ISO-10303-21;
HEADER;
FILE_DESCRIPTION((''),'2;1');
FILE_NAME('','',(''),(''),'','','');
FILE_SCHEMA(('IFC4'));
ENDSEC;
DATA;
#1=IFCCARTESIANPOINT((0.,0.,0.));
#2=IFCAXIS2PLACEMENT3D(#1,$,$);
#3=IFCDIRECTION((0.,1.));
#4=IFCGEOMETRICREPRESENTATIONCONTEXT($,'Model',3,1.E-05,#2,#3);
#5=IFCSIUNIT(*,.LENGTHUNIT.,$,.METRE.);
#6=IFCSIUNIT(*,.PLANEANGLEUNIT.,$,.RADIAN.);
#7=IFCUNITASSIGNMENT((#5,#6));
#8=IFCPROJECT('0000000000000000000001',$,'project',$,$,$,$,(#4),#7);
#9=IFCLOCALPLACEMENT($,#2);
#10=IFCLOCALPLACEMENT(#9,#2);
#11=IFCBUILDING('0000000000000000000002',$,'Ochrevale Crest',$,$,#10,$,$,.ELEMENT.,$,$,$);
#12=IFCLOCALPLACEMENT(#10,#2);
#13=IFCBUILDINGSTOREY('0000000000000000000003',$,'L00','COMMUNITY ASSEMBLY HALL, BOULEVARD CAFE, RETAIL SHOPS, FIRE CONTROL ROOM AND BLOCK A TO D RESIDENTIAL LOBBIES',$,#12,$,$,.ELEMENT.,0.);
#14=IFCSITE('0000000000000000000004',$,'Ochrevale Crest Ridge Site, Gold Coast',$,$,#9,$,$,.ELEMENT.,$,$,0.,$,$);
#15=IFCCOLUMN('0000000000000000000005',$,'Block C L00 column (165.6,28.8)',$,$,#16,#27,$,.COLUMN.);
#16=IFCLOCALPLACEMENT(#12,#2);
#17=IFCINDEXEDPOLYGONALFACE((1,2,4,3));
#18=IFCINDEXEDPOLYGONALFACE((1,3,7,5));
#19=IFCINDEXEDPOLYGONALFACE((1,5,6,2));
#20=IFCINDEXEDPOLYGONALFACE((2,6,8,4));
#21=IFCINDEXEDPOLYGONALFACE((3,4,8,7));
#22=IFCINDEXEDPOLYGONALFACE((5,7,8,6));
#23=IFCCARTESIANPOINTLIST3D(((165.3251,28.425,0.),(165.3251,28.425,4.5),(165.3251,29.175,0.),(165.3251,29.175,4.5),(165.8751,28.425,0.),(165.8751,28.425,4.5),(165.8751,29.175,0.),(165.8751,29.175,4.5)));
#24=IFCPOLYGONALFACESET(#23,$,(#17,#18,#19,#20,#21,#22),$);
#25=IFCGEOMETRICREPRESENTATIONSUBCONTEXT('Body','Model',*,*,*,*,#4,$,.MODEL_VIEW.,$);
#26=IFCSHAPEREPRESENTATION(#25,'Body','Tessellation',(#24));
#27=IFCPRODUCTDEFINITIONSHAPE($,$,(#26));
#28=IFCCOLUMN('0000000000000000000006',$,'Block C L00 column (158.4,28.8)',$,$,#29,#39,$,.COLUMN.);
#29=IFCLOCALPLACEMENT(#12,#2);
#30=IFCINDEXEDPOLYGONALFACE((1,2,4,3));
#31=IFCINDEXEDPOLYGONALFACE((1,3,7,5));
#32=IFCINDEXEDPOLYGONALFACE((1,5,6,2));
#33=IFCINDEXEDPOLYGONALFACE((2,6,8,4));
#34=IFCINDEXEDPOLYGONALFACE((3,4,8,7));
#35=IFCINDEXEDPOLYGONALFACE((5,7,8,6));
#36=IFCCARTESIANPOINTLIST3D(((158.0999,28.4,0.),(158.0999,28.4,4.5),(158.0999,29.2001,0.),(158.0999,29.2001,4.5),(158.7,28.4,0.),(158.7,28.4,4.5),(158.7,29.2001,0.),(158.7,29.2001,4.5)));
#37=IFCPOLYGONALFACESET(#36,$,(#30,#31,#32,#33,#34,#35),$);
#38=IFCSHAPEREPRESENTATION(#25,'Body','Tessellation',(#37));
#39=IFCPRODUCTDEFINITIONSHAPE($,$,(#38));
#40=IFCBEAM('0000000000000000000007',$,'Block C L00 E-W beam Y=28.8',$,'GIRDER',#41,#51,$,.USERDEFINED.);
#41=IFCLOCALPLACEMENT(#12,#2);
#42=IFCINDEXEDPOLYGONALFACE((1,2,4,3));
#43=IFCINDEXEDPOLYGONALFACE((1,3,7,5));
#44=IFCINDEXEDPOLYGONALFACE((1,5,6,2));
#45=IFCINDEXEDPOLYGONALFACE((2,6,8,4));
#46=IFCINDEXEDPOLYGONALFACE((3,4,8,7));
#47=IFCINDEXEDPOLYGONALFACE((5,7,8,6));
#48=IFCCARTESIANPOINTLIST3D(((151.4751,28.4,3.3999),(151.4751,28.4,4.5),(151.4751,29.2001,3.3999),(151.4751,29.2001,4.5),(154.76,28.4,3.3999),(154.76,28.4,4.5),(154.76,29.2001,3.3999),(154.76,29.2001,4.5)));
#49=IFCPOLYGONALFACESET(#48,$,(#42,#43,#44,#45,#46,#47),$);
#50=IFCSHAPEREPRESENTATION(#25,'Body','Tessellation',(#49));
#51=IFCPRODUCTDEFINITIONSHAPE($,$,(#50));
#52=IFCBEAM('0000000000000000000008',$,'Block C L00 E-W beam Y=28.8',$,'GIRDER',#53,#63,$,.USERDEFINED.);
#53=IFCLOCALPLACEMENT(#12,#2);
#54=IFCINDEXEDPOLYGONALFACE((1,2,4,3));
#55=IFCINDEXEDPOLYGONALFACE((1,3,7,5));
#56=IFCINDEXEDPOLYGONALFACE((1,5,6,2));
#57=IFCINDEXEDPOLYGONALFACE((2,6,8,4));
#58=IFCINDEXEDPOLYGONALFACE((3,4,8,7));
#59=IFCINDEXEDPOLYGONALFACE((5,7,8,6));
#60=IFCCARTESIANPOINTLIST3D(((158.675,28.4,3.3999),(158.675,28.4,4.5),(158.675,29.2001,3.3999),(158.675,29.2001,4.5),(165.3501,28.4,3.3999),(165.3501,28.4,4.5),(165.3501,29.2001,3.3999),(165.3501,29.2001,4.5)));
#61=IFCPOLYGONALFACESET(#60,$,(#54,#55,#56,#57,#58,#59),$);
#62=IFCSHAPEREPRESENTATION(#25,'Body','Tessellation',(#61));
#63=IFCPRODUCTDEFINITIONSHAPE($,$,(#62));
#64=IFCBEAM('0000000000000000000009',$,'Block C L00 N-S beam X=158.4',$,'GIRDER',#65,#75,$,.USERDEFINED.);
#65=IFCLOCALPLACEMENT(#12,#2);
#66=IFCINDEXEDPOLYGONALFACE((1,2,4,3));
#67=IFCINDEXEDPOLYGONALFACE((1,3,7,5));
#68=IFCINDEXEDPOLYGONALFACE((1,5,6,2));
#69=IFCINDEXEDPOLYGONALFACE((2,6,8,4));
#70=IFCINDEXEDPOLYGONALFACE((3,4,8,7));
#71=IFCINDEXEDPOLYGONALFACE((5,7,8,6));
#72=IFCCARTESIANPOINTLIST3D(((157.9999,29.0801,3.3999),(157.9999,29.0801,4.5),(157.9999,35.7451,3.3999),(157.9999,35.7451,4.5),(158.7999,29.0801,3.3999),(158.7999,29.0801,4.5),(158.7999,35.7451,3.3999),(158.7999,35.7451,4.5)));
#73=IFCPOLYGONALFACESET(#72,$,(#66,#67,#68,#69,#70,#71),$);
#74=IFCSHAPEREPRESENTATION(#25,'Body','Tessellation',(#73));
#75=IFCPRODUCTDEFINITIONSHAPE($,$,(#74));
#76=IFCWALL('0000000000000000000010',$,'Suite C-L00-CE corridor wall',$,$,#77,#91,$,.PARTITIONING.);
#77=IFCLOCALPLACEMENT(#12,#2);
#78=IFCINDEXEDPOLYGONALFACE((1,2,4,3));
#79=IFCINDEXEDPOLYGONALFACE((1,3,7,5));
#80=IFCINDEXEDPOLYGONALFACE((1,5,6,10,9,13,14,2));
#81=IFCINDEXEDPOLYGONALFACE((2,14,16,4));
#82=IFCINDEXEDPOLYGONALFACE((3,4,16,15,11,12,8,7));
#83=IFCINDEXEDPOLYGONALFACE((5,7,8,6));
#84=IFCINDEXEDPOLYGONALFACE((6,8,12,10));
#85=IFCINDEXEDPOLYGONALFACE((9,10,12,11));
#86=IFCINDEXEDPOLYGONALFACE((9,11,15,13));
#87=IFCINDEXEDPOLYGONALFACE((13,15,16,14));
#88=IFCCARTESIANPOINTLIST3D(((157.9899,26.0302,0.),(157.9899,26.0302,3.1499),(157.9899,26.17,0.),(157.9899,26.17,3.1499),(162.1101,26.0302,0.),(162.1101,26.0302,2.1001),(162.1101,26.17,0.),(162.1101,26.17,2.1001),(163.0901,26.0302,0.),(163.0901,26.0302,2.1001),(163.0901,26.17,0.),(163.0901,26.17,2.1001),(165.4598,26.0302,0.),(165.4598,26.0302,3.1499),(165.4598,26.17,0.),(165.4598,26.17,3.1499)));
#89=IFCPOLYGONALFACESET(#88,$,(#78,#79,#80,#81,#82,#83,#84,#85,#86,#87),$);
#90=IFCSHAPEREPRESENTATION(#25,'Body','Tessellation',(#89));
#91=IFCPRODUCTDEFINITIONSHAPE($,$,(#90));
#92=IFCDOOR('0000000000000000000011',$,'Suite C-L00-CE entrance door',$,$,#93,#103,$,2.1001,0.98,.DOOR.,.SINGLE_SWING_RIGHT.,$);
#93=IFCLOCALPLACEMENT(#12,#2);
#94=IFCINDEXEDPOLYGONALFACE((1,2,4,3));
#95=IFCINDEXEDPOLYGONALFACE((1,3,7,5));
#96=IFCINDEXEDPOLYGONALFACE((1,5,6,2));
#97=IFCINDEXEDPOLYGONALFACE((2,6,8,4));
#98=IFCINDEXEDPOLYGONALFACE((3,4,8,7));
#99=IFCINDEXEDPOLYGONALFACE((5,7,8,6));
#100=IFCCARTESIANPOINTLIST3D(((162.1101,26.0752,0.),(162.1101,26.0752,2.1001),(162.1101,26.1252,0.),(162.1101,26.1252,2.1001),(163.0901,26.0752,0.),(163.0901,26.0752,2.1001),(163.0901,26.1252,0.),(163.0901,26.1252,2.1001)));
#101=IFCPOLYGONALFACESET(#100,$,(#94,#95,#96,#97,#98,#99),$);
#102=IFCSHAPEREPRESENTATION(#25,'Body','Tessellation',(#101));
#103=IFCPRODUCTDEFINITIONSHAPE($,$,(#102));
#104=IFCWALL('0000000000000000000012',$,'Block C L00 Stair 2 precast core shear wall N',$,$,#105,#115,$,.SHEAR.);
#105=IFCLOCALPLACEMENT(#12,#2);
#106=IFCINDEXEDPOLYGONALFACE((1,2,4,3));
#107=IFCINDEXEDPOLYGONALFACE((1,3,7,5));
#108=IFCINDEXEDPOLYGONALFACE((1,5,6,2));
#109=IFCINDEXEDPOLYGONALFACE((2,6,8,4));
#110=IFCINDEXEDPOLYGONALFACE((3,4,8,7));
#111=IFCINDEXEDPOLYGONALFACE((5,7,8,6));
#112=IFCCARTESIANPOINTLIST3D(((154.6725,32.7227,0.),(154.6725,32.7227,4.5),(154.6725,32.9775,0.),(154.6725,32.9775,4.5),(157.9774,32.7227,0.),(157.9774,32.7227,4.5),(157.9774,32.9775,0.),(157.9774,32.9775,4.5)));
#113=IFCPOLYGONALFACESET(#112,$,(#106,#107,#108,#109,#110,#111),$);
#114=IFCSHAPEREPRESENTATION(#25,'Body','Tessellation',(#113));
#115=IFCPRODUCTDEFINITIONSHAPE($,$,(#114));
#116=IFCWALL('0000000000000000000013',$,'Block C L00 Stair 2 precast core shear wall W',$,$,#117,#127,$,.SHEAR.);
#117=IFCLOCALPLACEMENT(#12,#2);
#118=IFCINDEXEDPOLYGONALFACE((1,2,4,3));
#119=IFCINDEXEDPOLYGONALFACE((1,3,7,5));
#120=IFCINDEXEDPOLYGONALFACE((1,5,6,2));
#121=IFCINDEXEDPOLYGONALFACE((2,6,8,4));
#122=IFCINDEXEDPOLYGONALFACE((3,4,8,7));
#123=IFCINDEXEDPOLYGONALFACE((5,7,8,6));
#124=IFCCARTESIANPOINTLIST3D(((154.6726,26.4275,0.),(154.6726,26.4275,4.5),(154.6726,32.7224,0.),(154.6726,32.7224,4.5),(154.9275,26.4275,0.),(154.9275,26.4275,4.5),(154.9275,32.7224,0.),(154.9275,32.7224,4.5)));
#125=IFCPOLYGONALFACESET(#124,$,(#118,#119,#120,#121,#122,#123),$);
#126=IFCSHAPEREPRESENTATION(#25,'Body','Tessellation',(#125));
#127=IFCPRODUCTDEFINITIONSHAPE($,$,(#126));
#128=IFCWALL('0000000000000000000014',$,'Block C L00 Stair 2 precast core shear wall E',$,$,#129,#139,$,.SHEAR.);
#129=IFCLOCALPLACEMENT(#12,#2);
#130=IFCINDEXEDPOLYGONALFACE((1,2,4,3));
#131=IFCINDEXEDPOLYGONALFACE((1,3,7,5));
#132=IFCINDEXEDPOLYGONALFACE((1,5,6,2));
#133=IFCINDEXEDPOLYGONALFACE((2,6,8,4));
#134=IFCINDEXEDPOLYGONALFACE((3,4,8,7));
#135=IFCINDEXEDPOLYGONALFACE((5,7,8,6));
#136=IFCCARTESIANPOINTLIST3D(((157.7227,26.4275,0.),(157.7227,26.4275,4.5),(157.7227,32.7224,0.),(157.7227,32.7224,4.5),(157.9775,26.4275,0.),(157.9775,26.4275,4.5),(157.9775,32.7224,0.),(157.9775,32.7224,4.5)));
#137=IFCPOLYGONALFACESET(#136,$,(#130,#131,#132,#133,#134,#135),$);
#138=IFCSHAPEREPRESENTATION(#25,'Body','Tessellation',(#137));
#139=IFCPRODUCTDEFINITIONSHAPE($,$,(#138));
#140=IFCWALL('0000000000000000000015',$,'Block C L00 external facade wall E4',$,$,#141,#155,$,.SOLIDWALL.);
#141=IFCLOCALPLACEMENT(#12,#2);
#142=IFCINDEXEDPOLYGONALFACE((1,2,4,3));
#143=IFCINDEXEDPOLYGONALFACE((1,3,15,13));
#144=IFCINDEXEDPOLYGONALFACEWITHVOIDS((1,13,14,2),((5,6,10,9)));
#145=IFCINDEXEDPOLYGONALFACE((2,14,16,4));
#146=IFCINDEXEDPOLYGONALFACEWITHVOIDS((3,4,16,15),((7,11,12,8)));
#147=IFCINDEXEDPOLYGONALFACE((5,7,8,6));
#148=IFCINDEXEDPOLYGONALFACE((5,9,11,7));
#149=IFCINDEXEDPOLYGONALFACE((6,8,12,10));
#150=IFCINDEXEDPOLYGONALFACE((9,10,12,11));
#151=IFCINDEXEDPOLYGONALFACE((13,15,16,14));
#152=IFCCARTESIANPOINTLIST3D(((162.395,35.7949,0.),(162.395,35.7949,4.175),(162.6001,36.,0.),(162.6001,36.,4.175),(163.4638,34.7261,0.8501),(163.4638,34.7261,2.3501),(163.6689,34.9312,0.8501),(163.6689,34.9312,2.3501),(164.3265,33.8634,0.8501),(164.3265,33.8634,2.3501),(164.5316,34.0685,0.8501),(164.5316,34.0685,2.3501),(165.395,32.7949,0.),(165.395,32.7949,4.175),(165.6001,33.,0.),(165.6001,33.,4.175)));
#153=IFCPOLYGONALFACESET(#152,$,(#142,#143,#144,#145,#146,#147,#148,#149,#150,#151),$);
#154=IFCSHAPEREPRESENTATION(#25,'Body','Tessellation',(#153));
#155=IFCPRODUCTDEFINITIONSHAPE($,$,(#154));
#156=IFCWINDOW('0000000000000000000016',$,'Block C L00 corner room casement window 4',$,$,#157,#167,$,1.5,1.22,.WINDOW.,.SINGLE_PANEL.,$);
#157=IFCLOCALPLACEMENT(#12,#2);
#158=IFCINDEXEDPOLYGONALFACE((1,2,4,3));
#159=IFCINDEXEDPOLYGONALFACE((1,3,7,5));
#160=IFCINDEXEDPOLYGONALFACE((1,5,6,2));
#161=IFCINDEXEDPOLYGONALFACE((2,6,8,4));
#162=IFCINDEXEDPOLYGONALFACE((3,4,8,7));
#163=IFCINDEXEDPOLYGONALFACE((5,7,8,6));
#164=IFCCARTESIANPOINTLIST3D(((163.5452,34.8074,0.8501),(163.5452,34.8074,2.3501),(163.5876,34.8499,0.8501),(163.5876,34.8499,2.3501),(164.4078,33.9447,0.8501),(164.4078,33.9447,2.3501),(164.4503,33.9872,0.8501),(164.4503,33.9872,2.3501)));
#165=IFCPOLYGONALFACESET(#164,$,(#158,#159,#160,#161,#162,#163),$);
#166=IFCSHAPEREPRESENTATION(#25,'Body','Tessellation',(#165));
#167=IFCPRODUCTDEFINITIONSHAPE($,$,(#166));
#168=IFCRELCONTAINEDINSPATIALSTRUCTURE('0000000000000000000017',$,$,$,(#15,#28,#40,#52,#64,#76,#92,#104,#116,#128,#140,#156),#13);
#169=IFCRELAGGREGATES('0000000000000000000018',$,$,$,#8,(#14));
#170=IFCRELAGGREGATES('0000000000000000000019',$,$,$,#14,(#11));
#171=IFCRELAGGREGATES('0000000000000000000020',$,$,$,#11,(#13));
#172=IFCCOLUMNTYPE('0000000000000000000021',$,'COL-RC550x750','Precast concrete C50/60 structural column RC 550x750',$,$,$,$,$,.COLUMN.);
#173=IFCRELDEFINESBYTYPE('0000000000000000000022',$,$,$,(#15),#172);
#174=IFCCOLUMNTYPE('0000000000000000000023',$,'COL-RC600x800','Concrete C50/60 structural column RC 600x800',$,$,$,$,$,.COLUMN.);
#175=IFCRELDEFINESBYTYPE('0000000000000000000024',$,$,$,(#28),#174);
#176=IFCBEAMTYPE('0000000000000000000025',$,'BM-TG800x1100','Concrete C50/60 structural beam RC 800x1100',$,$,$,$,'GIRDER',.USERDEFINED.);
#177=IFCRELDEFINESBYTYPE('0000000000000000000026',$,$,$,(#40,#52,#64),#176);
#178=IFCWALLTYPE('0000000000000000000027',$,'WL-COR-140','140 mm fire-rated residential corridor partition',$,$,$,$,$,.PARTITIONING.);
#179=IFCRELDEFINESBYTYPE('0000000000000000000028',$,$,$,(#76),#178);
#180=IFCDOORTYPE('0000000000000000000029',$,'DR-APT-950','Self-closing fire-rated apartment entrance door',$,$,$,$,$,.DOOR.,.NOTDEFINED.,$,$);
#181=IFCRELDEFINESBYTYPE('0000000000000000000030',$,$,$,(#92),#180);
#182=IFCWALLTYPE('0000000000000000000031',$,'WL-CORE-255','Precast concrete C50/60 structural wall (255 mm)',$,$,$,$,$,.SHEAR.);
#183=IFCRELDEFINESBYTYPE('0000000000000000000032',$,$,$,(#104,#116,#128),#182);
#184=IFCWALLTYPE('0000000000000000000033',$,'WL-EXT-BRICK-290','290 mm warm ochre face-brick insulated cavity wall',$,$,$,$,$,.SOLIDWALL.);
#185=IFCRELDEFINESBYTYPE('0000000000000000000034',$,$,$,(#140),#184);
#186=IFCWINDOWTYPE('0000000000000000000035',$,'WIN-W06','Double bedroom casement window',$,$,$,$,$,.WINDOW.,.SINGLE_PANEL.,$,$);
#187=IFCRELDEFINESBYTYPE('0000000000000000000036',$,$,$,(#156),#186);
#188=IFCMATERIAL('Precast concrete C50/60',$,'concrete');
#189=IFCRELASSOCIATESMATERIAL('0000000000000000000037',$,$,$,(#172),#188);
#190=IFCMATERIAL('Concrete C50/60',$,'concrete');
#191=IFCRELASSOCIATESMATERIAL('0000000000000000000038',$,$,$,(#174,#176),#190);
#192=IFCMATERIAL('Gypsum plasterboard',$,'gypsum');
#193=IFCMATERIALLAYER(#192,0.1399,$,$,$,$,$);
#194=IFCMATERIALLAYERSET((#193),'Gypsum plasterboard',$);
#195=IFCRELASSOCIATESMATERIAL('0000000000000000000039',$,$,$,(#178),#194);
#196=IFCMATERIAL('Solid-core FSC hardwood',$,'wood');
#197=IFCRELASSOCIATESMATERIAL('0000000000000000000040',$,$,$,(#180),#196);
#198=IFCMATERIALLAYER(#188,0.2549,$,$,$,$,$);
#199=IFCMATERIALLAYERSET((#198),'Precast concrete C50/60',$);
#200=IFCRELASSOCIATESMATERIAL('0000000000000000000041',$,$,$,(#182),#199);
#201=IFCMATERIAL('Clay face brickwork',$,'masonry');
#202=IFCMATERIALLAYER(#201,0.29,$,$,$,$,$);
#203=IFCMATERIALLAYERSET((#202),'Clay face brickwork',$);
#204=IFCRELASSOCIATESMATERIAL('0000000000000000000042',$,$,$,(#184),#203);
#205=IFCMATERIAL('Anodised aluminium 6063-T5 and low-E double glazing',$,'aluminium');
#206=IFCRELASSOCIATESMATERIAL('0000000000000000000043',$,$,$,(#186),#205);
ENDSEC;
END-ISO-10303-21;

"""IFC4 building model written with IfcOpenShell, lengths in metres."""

from ifc_helpers import new_model, si_unit, direction, frame, frame_2d, origin, origin_2d, place, context, subcontext, project, spatial, rectangle, extrude, material, layer, layer_set, material_profile, profile_set, type_object, element, fill, save


model = new_model("IFC4")

# Units and contexts
model_context = context("Model", 3, precision=1e-05, world=origin(), true_north=direction((0.0, 1.0)))
body_context = subcontext(model_context, "Body", "Model", "MODEL_VIEW")
ifc_project = project(units=[si_unit("LENGTHUNIT", "METRE"), si_unit("PLANEANGLEUNIT", "RADIAN")], contexts=[model_context])

# Site, building, storey
site_placement = place(None, origin())
site = spatial("IfcSite", under=ifc_project, at=site_placement, Name="Ochrevale Crest Ridge Site, Gold Coast", CompositionType="ELEMENT", RefElevation=0.0)
building_placement = place(site_placement, origin())
building = spatial("IfcBuilding", under=site, at=building_placement, Name="Ochrevale Crest", CompositionType="ELEMENT")
storey_placement = place(building_placement, origin())
storey = spatial("IfcBuildingStorey", under=building, at=storey_placement, Name="L00", Description="COMMUNITY ASSEMBLY HALL, BOULEVARD CAFE, RETAIL SHOPS, FIRE CONTROL ROOM AND BLOCK A TO D RESIDENTIAL LOBBIES", CompositionType="ELEMENT", Elevation=0.0)

# Columns
ifc_material_1 = material(Name="Precast concrete C50/60", Category="concrete")
ifc_material_profile_1 = material_profile(ifc_material_1, rectangle(XDim=0.55, YDim=0.75, at=origin_2d()), Name="RC 550x750")
ifc_profile_set_1 = profile_set([ifc_material_profile_1], Name="Precast concrete C50/60")
column_type_1 = type_object("IfcColumnType", Name="COL-RC550x750", Description="Precast concrete C50/60 structural column RC 550x750", PredefinedType="COLUMN", material=ifc_profile_set_1)
column_1_placement = place(storey_placement, frame((165.6001, 28.8, 0.0), z_axis=(0.0, 0.0, 1.0), x_axis=(1.0, 0.0, 0.0)))
element("IfcColumn", 1, at=column_1_placement, inside=storey, type_object=column_type_1, Name="Block C L00 column (165.6,28.8)", PredefinedType="COLUMN", context=body_context, shape_type="SweptSolid", body=[
    extrude(rectangle(XDim=0.55, YDim=0.75, at=origin_2d()), origin(), (0.0, 0.0, 1.0), 4.5),
])
ifc_material_2 = material(Name="Concrete C50/60", Category="concrete")
ifc_material_profile_2 = material_profile(ifc_material_2, rectangle(XDim=0.6001, YDim=0.8, at=origin_2d()), Name="RC 600x800")
ifc_profile_set_2 = profile_set([ifc_material_profile_2], Name="Concrete C50/60")
column_type_2 = type_object("IfcColumnType", Name="COL-RC600x800", Description="Concrete C50/60 structural column RC 600x800", PredefinedType="COLUMN", material=ifc_profile_set_2)
column_2_placement = place(storey_placement, frame((158.3999, 28.8, 0.0), z_axis=(0.0, 0.0, 1.0), x_axis=(1.0, 0.0, 0.0)))
element("IfcColumn", 2, at=column_2_placement, inside=storey, type_object=column_type_2, Name="Block C L00 column (158.4,28.8)", PredefinedType="COLUMN", context=body_context, shape_type="SweptSolid", body=[
    extrude(rectangle(XDim=0.6001, YDim=0.8, at=origin_2d()), origin(), (0.0, 0.0, 1.0), 4.5),
])

# Beams
ifc_material_profile_3 = material_profile(ifc_material_2, rectangle(XDim=0.8, YDim=1.1001, at=origin_2d()), Name="RC 800x1100")
ifc_profile_set_3 = profile_set([ifc_material_profile_3], Name="Concrete C50/60")
beam_type = type_object("IfcBeamType", Name="BM-TG800x1100", Description="Concrete C50/60 structural beam RC 800x1100", ElementType="GIRDER", PredefinedType="USERDEFINED", material=ifc_profile_set_3)
beam_1_placement = place(storey_placement, frame((151.4751, 28.8, 3.95), z_axis=(1.0, 0.0, 0.0), x_axis=(0.0, 1.0, 0.0)))
element("IfcBeam", 3, at=beam_1_placement, inside=storey, type_object=beam_type, Name="Block C L00 E-W beam Y=28.8", ObjectType="GIRDER", PredefinedType="USERDEFINED", context=body_context, shape_type="SweptSolid", body=[
    extrude(rectangle(XDim=0.8, YDim=1.1001, at=origin_2d()), origin(), (0.0, 0.0, 1.0), 3.2849),
])
beam_2_placement = place(storey_placement, frame((158.675, 28.8, 3.95), z_axis=(1.0, 0.0, 0.0), x_axis=(0.0, 1.0, 0.0)))
element("IfcBeam", 4, at=beam_2_placement, inside=storey, type_object=beam_type, Name="Block C L00 E-W beam Y=28.8", ObjectType="GIRDER", PredefinedType="USERDEFINED", context=body_context, shape_type="SweptSolid", body=[
    extrude(rectangle(XDim=0.8, YDim=1.1001, at=origin_2d()), origin(), (0.0, 0.0, 1.0), 6.675),
])
beam_3_placement = place(storey_placement, frame((158.3999, 29.0801, 3.95), z_axis=(0.0, 1.0, 0.0), x_axis=(-1.0, 0.0, 0.0)))
element("IfcBeam", 5, at=beam_3_placement, inside=storey, type_object=beam_type, Name="Block C L00 N-S beam X=158.4", ObjectType="GIRDER", PredefinedType="USERDEFINED", context=body_context, shape_type="SweptSolid", body=[
    extrude(rectangle(XDim=0.8, YDim=1.1001, at=origin_2d()), origin(), (0.0, 0.0, 1.0), 6.665),
])

# Wall, opening, door
ifc_material_3 = material(Name="Gypsum plasterboard", Category="gypsum")
ifc_layer_1 = layer(ifc_material_3, 0.1399)
ifc_layer_set_1 = layer_set([ifc_layer_1], Name="Gypsum plasterboard")
wall_type_1 = type_object("IfcWallType", Name="WL-COR-140", Description="140 mm fire-rated residential corridor partition", PredefinedType="PARTITIONING", material=ifc_layer_set_1)
wall_1_placement = place(storey_placement, frame((157.99, 26.1001, 0.0), z_axis=(0.0, 0.0, 1.0), x_axis=(1.0, 0.0, 0.0)))
wall_1 = element("IfcWall", 6, at=wall_1_placement, inside=storey, type_object=wall_type_1, Name="Suite C-L00-CE corridor wall", PredefinedType="PARTITIONING", context=body_context, shape_type="SweptSolid", body=[
    extrude(rectangle(XDim=7.47, YDim=0.1399, at=frame_2d((3.7349, 0.0))), origin(), (0.0, 0.0, 1.0), 3.1499),
])
opening_1_placement = place(wall_1_placement, frame((5.1001, 0.0, 0.0), z_axis=(0.0, 0.0, 1.0), x_axis=(-1.0, 0.0, 0.0)))
opening_1 = element("IfcOpeningElement", 7, at=opening_1_placement, cuts=wall_1, PredefinedType="OPENING", context=body_context, shape_type="SweptSolid", body=[
    extrude(rectangle(XDim=0.98, YDim=2.1001, at=frame_2d((0.49, 1.05))), frame((0.0, 0.0801, 0.0), z_axis=(0.0, -1.0, 0.0), x_axis=(1.0, 0.0, 0.0)), (0.0, 0.0, 1.0), 0.1599),
])
ifc_material_4 = material(Name="Solid-core FSC hardwood", Category="wood")
door_type_1 = type_object("IfcDoorType", Name="DR-APT-950", Description="Self-closing fire-rated apartment entrance door", OperationType="NOTDEFINED", PredefinedType="DOOR", material=ifc_material_4)
door_1_placement = place(opening_1_placement, origin())
door_1 = element("IfcDoor", 8, at=door_1_placement, inside=storey, type_object=door_type_1, Name="Suite C-L00-CE entrance door", OperationType="SINGLE_SWING_RIGHT", OverallHeight=2.1001, OverallWidth=0.98, PredefinedType="DOOR", context=body_context, shape_type="SweptSolid", body=[
    extrude(rectangle(XDim=0.98, YDim=2.1001, at=frame_2d((0.49, 1.05))), frame((0.0, 0.0249, 0.0), z_axis=(0.0, -1.0, 0.0), x_axis=(1.0, 0.0, 0.0)), (0.0, 0.0, 1.0), 0.05),
])
fill(opening_1, door_1)
ifc_layer_2 = layer(ifc_material_1, 0.2549)
ifc_layer_set_2 = layer_set([ifc_layer_2], Name="Precast concrete C50/60")
wall_type_2 = type_object("IfcWallType", Name="WL-CORE-255", Description="Precast concrete C50/60 structural wall (255 mm)", PredefinedType="SHEAR", material=ifc_layer_set_2)

# Walls
wall_2_placement = place(storey_placement, frame((154.6726, 32.8501, 0.0), z_axis=(0.0, 0.0, 1.0), x_axis=(1.0, 0.0, 0.0)))
element("IfcWall", 9, at=wall_2_placement, inside=storey, type_object=wall_type_2, Name="Block C L00 Stair 2 precast core shear wall N", PredefinedType="SHEAR", context=body_context, shape_type="SweptSolid", body=[
    extrude(rectangle(XDim=3.3049, YDim=0.2549, at=frame_2d((1.6523, 0.0))), origin(), (0.0, 0.0, 1.0), 4.5),
])
for number, where, z_axis, x_axis, name in (
    (10, (154.8, 26.4275, 0.0), (0.0, 0.0, 1.0), (0.0, 1.0, 0.0), "Block C L00 Stair 2 precast core shear wall W"),
    (11, (157.8501, 26.4275, 0.0), (0.0, 0.0, 1.0), (0.0, 1.0, 0.0), "Block C L00 Stair 2 precast core shear wall E"),
):
    element("IfcWall", number, at=place(storey_placement, frame(where, z_axis=z_axis, x_axis=x_axis)), inside=storey, type_object=wall_type_2, Name=name, PredefinedType="SHEAR", context=body_context, shape_type="SweptSolid", body=[
        extrude(rectangle(XDim=6.2949, YDim=0.2549, at=frame_2d((3.1475, 0.0))), origin(), (0.0, 0.0, 1.0), 4.5),
    ])

# Wall, opening, window
ifc_material_5 = material(Name="Clay face brickwork", Category="masonry")
ifc_layer_3 = layer(ifc_material_5, 0.29)
ifc_layer_set_3 = layer_set([ifc_layer_3], Name="Clay face brickwork")
wall_type_3 = type_object("IfcWallType", Name="WL-EXT-BRICK-290", Description="290 mm warm ochre face-brick insulated cavity wall", PredefinedType="SOLIDWALL", material=ifc_layer_set_3)
wall_3_placement = place(storey_placement, frame((165.4976, 32.8975, 0.0), z_axis=(0.0, 0.0, 1.0), x_axis=(-0.707107, 0.707107, 0.0)))
wall_3 = element("IfcWall", 12, at=wall_3_placement, inside=storey, type_object=wall_type_3, Name="Block C L00 external facade wall E4", PredefinedType="SOLIDWALL", context=body_context, shape_type="SweptSolid", body=[
    extrude(rectangle(XDim=4.2427, YDim=0.29, at=frame_2d((2.1213, 0.0))), origin(), (0.0, 0.0, 1.0), 4.175),
])
opening_2_placement = place(wall_3_placement, frame((1.5112, 0.0, 0.8501)))
opening_2 = element("IfcOpeningElement", 13, at=opening_2_placement, cuts=wall_3, PredefinedType="OPENING", context=body_context, shape_type="SweptSolid", body=[
    extrude(rectangle(XDim=1.22, YDim=1.5, at=frame_2d((0.6099, 0.75))), frame((0.0, 0.155, 0.0), z_axis=(0.0, -1.0, 0.0), x_axis=(1.0, 0.0, 0.0)), (0.0, 0.0, 1.0), 0.3101),
])
ifc_material_6 = material(Name="Anodised aluminium 6063-T5 and low-E double glazing", Category="aluminium")
window_type = type_object("IfcWindowType", Name="WIN-W06", Description="Double bedroom casement window", PartitioningType="SINGLE_PANEL", PredefinedType="WINDOW", material=ifc_material_6)
window_placement = place(opening_2_placement, origin())
window = element("IfcWindow", 14, at=window_placement, inside=storey, type_object=window_type, Name="Block C L00 corner room casement window 4", OverallHeight=1.5, OverallWidth=1.22, PartitioningType="SINGLE_PANEL", PredefinedType="WINDOW", context=body_context, shape_type="SweptSolid", body=[
    extrude(rectangle(XDim=1.22, YDim=1.5, at=frame_2d((0.6099, 0.75))), frame((0.0, 0.03, 0.0), z_axis=(0.0, -1.0, 0.0), x_axis=(1.0, 0.0, 0.0)), (0.0, 0.0, 1.0), 0.0601),
])
fill(opening_2, window)

save(model, "model.ifc")
